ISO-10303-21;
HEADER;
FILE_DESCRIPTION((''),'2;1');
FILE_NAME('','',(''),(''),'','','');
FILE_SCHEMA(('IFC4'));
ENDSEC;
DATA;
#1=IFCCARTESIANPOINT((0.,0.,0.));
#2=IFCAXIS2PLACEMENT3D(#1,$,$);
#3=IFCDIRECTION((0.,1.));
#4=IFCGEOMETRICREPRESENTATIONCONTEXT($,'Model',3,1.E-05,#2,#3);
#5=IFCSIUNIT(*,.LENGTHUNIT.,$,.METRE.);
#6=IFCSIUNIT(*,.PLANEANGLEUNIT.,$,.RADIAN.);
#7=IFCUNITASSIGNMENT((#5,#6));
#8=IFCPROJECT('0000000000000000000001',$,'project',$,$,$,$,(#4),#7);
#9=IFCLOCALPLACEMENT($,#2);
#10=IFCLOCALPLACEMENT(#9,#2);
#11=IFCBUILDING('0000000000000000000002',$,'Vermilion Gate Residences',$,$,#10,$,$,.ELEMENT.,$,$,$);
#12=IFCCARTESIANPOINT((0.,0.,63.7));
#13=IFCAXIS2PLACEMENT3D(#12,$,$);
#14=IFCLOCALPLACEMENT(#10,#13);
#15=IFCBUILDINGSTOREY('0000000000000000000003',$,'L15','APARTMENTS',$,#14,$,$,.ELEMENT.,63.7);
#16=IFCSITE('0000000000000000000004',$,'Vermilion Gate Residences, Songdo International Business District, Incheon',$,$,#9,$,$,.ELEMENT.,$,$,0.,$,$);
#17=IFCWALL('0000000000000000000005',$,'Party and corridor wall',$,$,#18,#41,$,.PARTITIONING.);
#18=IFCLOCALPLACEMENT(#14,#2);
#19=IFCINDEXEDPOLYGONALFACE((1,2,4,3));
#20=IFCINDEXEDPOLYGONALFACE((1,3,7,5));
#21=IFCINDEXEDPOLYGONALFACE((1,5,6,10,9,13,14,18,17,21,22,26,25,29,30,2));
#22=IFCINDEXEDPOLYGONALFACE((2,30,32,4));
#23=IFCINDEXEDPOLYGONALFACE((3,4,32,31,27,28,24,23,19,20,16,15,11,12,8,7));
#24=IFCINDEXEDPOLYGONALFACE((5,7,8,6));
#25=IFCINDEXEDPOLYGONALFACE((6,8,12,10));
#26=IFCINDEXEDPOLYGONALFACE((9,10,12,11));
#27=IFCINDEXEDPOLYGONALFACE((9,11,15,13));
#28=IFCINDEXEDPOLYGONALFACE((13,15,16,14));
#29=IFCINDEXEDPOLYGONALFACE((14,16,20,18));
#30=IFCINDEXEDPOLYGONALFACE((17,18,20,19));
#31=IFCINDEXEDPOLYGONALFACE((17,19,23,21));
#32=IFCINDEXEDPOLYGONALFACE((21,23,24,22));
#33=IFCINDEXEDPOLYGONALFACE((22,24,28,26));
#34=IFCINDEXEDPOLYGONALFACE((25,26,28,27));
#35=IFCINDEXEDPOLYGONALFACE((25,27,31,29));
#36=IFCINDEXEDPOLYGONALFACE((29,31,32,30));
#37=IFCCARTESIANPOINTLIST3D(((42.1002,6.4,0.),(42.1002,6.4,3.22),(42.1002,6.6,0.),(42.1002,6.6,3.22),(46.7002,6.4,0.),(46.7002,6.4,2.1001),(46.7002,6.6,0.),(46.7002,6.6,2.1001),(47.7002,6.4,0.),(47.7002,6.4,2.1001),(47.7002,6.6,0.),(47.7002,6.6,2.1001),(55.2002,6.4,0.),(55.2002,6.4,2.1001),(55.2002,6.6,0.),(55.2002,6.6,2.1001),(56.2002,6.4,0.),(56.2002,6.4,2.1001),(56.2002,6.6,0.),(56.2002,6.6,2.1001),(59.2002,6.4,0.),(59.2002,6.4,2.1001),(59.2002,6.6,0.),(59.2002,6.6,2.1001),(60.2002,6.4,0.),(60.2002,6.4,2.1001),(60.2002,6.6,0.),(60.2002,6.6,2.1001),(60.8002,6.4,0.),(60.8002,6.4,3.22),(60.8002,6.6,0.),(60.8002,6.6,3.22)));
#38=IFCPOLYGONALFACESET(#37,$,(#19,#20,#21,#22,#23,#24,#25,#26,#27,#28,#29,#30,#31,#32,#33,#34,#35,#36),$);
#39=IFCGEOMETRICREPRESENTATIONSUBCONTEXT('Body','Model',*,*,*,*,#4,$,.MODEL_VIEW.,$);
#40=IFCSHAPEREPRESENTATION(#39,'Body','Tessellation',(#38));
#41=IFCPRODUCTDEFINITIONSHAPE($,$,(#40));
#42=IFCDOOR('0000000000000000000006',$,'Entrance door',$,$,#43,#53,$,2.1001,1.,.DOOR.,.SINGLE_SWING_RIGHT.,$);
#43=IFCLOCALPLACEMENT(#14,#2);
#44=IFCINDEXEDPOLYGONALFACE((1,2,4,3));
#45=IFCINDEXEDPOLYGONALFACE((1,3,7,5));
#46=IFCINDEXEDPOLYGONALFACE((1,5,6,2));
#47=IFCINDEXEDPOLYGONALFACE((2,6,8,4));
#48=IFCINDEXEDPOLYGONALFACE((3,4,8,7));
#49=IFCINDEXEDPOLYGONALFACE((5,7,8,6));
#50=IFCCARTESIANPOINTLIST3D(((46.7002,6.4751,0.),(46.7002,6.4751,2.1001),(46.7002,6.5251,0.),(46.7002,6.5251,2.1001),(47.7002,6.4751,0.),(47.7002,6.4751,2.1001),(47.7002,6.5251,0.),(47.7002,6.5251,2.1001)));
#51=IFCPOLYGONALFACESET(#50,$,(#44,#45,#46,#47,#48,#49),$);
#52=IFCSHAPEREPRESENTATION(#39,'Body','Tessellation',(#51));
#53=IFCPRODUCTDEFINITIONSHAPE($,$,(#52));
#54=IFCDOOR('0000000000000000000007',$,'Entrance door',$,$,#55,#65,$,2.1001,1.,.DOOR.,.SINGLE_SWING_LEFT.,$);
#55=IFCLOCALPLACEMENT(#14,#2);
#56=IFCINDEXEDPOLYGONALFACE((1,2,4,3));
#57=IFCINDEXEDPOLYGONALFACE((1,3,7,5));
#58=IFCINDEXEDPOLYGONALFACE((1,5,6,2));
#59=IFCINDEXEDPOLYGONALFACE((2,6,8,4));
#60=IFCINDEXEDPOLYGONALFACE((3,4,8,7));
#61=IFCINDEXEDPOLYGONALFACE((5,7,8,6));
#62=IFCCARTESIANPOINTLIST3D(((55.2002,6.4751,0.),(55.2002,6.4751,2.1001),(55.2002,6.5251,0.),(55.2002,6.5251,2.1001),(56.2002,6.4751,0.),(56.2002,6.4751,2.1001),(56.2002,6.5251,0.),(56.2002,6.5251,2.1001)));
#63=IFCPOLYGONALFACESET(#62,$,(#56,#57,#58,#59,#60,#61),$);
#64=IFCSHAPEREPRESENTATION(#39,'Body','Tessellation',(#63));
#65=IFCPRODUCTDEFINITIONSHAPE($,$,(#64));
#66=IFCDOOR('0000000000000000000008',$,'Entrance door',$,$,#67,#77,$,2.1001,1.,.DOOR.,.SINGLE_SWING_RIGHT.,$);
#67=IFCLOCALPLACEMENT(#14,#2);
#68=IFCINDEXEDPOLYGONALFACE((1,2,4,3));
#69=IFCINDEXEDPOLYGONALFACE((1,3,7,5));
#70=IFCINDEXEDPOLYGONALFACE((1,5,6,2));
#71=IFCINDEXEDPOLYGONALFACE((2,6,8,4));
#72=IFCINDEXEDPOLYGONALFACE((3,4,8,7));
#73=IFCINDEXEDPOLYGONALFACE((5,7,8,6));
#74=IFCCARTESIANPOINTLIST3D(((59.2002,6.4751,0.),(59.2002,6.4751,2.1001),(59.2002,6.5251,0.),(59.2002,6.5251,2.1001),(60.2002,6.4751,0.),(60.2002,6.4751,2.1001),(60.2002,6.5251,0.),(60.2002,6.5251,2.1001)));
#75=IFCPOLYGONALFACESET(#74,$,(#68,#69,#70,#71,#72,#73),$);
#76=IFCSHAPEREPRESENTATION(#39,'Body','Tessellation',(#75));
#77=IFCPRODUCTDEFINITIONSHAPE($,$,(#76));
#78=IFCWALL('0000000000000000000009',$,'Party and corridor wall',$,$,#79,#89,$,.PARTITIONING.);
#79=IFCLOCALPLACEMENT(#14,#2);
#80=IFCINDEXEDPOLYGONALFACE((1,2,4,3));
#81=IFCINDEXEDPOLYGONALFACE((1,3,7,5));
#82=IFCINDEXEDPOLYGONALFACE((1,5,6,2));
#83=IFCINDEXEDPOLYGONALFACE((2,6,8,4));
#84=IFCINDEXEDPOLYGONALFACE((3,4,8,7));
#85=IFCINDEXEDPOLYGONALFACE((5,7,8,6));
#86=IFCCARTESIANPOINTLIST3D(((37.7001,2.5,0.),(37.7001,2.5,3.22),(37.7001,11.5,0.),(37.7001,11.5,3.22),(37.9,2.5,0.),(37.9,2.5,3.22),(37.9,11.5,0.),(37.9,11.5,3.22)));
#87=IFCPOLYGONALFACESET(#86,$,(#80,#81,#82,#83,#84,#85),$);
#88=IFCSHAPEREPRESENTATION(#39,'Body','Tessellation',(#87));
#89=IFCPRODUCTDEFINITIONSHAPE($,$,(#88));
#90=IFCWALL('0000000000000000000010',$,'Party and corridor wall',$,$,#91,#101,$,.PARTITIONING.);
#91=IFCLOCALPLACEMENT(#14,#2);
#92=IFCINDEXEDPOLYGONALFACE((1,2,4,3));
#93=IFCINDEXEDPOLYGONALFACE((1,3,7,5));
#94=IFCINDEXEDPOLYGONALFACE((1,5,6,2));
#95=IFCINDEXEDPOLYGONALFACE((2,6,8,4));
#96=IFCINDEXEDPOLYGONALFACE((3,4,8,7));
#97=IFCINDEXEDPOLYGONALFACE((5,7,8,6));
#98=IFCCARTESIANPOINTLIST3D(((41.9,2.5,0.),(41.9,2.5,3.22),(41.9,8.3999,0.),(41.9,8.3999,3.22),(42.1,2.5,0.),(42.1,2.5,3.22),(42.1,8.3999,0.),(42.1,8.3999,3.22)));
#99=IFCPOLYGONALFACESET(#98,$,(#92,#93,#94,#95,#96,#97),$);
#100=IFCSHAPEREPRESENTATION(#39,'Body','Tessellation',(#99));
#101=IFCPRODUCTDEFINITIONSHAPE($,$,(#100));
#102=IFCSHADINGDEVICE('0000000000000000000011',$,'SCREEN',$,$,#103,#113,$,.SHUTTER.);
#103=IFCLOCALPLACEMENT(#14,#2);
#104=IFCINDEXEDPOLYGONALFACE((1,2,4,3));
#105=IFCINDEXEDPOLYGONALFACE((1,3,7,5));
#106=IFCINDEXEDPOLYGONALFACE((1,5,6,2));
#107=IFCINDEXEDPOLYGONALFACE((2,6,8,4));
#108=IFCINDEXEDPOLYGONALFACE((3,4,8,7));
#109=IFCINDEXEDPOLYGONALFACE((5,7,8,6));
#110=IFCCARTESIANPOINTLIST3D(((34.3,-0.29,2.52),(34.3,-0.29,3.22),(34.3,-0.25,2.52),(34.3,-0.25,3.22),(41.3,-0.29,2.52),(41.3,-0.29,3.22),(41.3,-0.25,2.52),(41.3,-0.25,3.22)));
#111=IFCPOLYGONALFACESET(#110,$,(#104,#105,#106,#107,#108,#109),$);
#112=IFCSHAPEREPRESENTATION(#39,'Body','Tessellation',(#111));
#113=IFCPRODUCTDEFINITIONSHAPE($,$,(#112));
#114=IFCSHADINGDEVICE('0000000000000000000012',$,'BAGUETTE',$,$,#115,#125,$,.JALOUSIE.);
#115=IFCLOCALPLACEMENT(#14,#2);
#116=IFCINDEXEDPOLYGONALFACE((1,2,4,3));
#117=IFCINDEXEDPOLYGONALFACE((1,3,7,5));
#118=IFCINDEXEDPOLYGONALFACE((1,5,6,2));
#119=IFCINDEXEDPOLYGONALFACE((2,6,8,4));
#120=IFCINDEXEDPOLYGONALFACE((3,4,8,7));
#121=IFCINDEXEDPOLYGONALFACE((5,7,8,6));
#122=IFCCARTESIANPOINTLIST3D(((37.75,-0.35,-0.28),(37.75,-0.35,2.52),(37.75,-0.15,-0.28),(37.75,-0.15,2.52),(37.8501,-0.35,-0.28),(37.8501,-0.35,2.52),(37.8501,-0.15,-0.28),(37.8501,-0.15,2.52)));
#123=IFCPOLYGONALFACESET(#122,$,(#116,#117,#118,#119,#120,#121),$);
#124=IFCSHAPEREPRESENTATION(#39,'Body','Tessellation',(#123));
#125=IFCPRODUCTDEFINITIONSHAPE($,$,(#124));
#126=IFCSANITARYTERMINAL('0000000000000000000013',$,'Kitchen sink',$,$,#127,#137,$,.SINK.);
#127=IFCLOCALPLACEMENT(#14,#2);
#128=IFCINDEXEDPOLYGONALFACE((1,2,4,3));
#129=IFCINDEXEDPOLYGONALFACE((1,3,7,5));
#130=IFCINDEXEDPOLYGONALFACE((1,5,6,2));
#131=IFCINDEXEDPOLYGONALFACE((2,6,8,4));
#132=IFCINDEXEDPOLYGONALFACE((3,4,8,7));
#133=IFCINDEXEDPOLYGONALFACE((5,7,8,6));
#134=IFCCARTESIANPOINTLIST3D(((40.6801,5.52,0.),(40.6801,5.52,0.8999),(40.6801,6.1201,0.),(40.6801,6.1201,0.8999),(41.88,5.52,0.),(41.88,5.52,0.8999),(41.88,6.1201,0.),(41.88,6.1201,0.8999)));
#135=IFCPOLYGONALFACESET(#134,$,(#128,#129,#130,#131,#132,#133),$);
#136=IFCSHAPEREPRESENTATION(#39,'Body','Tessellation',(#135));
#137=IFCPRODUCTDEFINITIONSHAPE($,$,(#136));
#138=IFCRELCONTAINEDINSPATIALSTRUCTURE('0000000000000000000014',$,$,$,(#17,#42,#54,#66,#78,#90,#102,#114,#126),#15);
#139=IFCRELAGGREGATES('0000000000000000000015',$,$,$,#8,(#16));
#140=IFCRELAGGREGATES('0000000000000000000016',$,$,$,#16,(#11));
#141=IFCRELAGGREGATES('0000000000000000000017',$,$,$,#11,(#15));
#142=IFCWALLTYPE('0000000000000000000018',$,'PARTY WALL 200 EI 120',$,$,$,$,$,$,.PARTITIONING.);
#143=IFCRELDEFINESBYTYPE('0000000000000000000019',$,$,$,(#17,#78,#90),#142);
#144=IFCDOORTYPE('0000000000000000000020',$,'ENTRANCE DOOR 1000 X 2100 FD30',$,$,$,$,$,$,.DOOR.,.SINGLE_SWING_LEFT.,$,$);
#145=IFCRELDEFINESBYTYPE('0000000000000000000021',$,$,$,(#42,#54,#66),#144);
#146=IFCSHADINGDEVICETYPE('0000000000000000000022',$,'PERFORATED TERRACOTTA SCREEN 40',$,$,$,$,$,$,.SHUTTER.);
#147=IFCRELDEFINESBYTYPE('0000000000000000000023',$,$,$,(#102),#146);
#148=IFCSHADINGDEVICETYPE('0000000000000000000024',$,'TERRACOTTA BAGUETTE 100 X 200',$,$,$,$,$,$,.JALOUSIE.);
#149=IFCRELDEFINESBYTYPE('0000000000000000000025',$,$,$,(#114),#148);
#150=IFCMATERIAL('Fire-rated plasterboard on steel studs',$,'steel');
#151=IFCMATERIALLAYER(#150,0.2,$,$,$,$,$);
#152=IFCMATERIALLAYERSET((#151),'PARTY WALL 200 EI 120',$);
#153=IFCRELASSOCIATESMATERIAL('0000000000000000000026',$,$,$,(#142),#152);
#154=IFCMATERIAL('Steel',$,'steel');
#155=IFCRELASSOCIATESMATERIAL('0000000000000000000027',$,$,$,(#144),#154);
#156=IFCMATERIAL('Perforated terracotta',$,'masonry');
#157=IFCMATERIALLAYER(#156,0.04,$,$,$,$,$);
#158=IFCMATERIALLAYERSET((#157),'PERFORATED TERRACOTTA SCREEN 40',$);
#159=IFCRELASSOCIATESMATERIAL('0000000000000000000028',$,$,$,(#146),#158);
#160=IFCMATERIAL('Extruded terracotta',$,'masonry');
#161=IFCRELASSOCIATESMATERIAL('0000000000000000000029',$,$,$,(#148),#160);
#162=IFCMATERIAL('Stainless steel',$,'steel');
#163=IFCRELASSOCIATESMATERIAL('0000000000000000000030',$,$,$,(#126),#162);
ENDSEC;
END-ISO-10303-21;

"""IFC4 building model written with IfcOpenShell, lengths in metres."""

from ifc_helpers import new_model, si_unit, direction, frame, frame_2d, origin, origin_2d, place, context, subcontext, project, spatial, rectangle, extrude, material, layer, layer_set, material_profile, profile_set, type_object, element, fill, save


model = new_model("IFC4")

# Units and contexts
model_context = context("Model", 3, precision=1e-05, world=origin(), true_north=direction((0.0, 1.0)))
body_context = subcontext(model_context, "Body", "Model", "MODEL_VIEW")
ifc_project = project(units=[si_unit("LENGTHUNIT", "METRE"), si_unit("PLANEANGLEUNIT", "RADIAN")], contexts=[model_context])

# Site, building, storey
site_placement = place(None, origin())
site = spatial("IfcSite", under=ifc_project, at=site_placement, Name="Vermilion Gate Residences, Songdo International Business District, Incheon", CompositionType="ELEMENT", RefElevation=0.0)
building_placement = place(site_placement, origin())
building = spatial("IfcBuilding", under=site, at=building_placement, Name="Vermilion Gate Residences", CompositionType="ELEMENT")
storey_placement = place(building_placement, frame((0.0, 0.0, 63.7)))
storey = spatial("IfcBuildingStorey", under=building, at=storey_placement, Name="L15", Description="APARTMENTS", CompositionType="ELEMENT", Elevation=63.7)

# Wall, openings, doors
ifc_material_1 = material(Name="Fire-rated plasterboard on steel studs", Category="steel")
ifc_layer_1 = layer(ifc_material_1, 0.2)
ifc_layer_set_1 = layer_set([ifc_layer_1], Name="PARTY WALL 200 EI 120")
wall_type_1 = type_object("IfcWallType", Name="PARTY WALL 200 EI 120", PredefinedType="PARTITIONING", material=ifc_layer_set_1)
wall_1_placement = place(storey_placement, frame((42.1001, 6.5, 0.0), z_axis=(0.0, 0.0, 1.0), x_axis=(1.0, 0.0, 0.0)))
wall_1 = element("IfcWall", 1, at=wall_1_placement, inside=storey, type_object=wall_type_1, Name="Party and corridor wall", PredefinedType="PARTITIONING", context=body_context, shape_type="SweptSolid", body=[
    extrude(rectangle(XDim=18.7, YDim=0.2, at=frame_2d((9.3501, 0.0))), origin(), (0.0, 0.0, 1.0), 3.22),
])
opening_1_placement = place(wall_1_placement, frame((4.6001, 0.0, 0.0)))
opening_1 = element("IfcOpeningElement", 2, at=opening_1_placement, cuts=wall_1, PredefinedType="OPENING", context=body_context, shape_type="SweptSolid", body=[
    extrude(rectangle(XDim=1.0, YDim=2.1001, at=frame_2d((0.5, 1.05))), frame((0.0, 0.1099, 0.0), z_axis=(0.0, -1.0, 0.0), x_axis=(1.0, 0.0, 0.0)), (0.0, 0.0, 1.0), 0.22),
])
opening_2_placement = place(wall_1_placement, frame((13.1001, 0.0, 0.0)))
opening_2 = element("IfcOpeningElement", 3, at=opening_2_placement, cuts=wall_1, PredefinedType="OPENING", context=body_context, shape_type="SweptSolid", body=[
    extrude(rectangle(XDim=1.0, YDim=2.1001, at=frame_2d((0.5, 1.05))), frame((0.0, 0.1099, 0.0), z_axis=(0.0, -1.0, 0.0), x_axis=(1.0, 0.0, 0.0)), (0.0, 0.0, 1.0), 0.22),
])
opening_3_placement = place(wall_1_placement, frame((17.1001, 0.0, 0.0)))
opening_3 = element("IfcOpeningElement", 4, at=opening_3_placement, cuts=wall_1, PredefinedType="OPENING", context=body_context, shape_type="SweptSolid", body=[
    extrude(rectangle(XDim=1.0, YDim=2.1001, at=frame_2d((0.5, 1.05))), frame((0.0, 0.1099, 0.0), z_axis=(0.0, -1.0, 0.0), x_axis=(1.0, 0.0, 0.0)), (0.0, 0.0, 1.0), 0.22),
])
ifc_material_2 = material(Name="Steel", Category="steel")
door_type_1 = type_object("IfcDoorType", Name="ENTRANCE DOOR 1000 X 2100 FD30", OperationType="SINGLE_SWING_LEFT", PredefinedType="DOOR", material=ifc_material_2)
door_1_placement = place(opening_1_placement, frame((1.0, 0.0, 0.0), z_axis=(0.0, 0.0, 1.0), x_axis=(-1.0, 0.0, 0.0)))
door_1 = element("IfcDoor", 5, at=door_1_placement, inside=storey, type_object=door_type_1, Name="Entrance door", OperationType="SINGLE_SWING_RIGHT", OverallHeight=2.1001, OverallWidth=1.0, PredefinedType="DOOR", context=body_context, shape_type="SweptSolid", body=[
    extrude(rectangle(XDim=1.0, YDim=2.1001, at=frame_2d((0.5, 1.05))), frame((0.0, 0.0249, 0.0), z_axis=(0.0, -1.0, 0.0), x_axis=(1.0, 0.0, 0.0)), (0.0, 0.0, 1.0), 0.05),
])
fill(opening_1, door_1)
door_2_placement = place(opening_2_placement, frame((1.0, 0.0, 0.0), z_axis=(0.0, 0.0, 1.0), x_axis=(-1.0, 0.0, 0.0)))
door_2 = element("IfcDoor", 6, at=door_2_placement, inside=storey, type_object=door_type_1, Name="Entrance door", OperationType="SINGLE_SWING_LEFT", OverallHeight=2.1001, OverallWidth=1.0, PredefinedType="DOOR", context=body_context, shape_type="SweptSolid", body=[
    extrude(rectangle(XDim=1.0, YDim=2.1001, at=frame_2d((0.5, 1.05))), frame((0.0, 0.0249, 0.0), z_axis=(0.0, -1.0, 0.0), x_axis=(1.0, 0.0, 0.0)), (0.0, 0.0, 1.0), 0.05),
])
fill(opening_2, door_2)
door_3_placement = place(opening_3_placement, frame((1.0, 0.0, 0.0), z_axis=(0.0, 0.0, 1.0), x_axis=(-1.0, 0.0, 0.0)))
door_3 = element("IfcDoor", 7, at=door_3_placement, inside=storey, type_object=door_type_1, Name="Entrance door", OperationType="SINGLE_SWING_RIGHT", OverallHeight=2.1001, OverallWidth=1.0, PredefinedType="DOOR", context=body_context, shape_type="SweptSolid", body=[
    extrude(rectangle(XDim=1.0, YDim=2.1001, at=frame_2d((0.5, 1.05))), frame((0.0, 0.0249, 0.0), z_axis=(0.0, -1.0, 0.0), x_axis=(1.0, 0.0, 0.0)), (0.0, 0.0, 1.0), 0.05),
])
fill(opening_3, door_3)

# Walls
wall_2_placement = place(storey_placement, frame((37.8, 2.5, 0.0), z_axis=(0.0, 0.0, 1.0), x_axis=(0.0, 1.0, 0.0)))
element("IfcWall", 8, at=wall_2_placement, inside=storey, type_object=wall_type_1, Name="Party and corridor wall", PredefinedType="PARTITIONING", context=body_context, shape_type="SweptSolid", body=[
    extrude(rectangle(XDim=9.0, YDim=0.2, at=frame_2d((4.5, 0.0))), origin(), (0.0, 0.0, 1.0), 3.22),
])
wall_3_placement = place(storey_placement, frame((42.0, 2.5, 0.0), z_axis=(0.0, 0.0, 1.0), x_axis=(0.0, 1.0, 0.0)))
element("IfcWall", 9, at=wall_3_placement, inside=storey, type_object=wall_type_1, Name="Party and corridor wall", PredefinedType="PARTITIONING", context=body_context, shape_type="SweptSolid", body=[
    extrude(rectangle(XDim=5.8999, YDim=0.2, at=frame_2d((2.95, 0.0))), origin(), (0.0, 0.0, 1.0), 3.22),
])

# Shading devices
ifc_material_3 = material(Name="Perforated terracotta", Category="masonry")
ifc_layer_2 = layer(ifc_material_3, 0.04)
ifc_layer_set_2 = layer_set([ifc_layer_2], Name="PERFORATED TERRACOTTA SCREEN 40")
shading_device_type_1 = type_object("IfcShadingDeviceType", Name="PERFORATED TERRACOTTA SCREEN 40", PredefinedType="SHUTTER", material=ifc_layer_set_2)
shading_device_1_placement = place(storey_placement, frame((37.8, -0.27, 2.52), z_axis=(0.0, 0.0, 1.0), x_axis=(1.0, 0.0, 0.0)))
element("IfcShadingDevice", 10, at=shading_device_1_placement, inside=storey, type_object=shading_device_type_1, Name="SCREEN", PredefinedType="SHUTTER", context=body_context, shape_type="SweptSolid", body=[
    extrude(rectangle(XDim=7.0, YDim=0.04, at=origin_2d()), origin(), (0.0, 0.0, 1.0), 0.7),
])
ifc_material_4 = material(Name="Extruded terracotta", Category="masonry")
ifc_material_profile_1 = material_profile(ifc_material_4, rectangle(XDim=0.2, YDim=0.1001, at=origin_2d()), Name="BAGUETTE 100 X 200")
ifc_profile_set_1 = profile_set([ifc_material_profile_1], Name="Extruded terracotta")
shading_device_type_2 = type_object("IfcShadingDeviceType", Name="TERRACOTTA BAGUETTE 100 X 200", PredefinedType="JALOUSIE", material=ifc_profile_set_1)
shading_device_2_placement = place(storey_placement, frame((37.8, -0.25, -0.28), z_axis=(0.0, 0.0, 1.0), x_axis=(0.0, 1.0, 0.0)))
element("IfcShadingDevice", 11, at=shading_device_2_placement, inside=storey, type_object=shading_device_type_2, Name="BAGUETTE", PredefinedType="JALOUSIE", context=body_context, shape_type="SweptSolid", body=[
    extrude(rectangle(XDim=0.2, YDim=0.1001, at=origin_2d()), origin(), (0.0, 0.0, 1.0), 2.8),
])

# Sanitary terminal
ifc_material_5 = material(Name="Stainless steel", Category="steel")
sanitary_terminal_placement = place(storey_placement, frame((41.28, 5.8201, 0.0), z_axis=(0.0, 0.0, 1.0), x_axis=(1.0, 0.0, 0.0)))
element("IfcSanitaryTerminal", 12, at=sanitary_terminal_placement, inside=storey, material=ifc_material_5, Name="Kitchen sink", PredefinedType="SINK", context=body_context, shape_type="SweptSolid", body=[
    extrude(rectangle(XDim=1.2, YDim=0.6001, at=origin_2d()), origin(), (0.0, 0.0, 1.0), 0.8999),
])

save(model, "model.ifc")
